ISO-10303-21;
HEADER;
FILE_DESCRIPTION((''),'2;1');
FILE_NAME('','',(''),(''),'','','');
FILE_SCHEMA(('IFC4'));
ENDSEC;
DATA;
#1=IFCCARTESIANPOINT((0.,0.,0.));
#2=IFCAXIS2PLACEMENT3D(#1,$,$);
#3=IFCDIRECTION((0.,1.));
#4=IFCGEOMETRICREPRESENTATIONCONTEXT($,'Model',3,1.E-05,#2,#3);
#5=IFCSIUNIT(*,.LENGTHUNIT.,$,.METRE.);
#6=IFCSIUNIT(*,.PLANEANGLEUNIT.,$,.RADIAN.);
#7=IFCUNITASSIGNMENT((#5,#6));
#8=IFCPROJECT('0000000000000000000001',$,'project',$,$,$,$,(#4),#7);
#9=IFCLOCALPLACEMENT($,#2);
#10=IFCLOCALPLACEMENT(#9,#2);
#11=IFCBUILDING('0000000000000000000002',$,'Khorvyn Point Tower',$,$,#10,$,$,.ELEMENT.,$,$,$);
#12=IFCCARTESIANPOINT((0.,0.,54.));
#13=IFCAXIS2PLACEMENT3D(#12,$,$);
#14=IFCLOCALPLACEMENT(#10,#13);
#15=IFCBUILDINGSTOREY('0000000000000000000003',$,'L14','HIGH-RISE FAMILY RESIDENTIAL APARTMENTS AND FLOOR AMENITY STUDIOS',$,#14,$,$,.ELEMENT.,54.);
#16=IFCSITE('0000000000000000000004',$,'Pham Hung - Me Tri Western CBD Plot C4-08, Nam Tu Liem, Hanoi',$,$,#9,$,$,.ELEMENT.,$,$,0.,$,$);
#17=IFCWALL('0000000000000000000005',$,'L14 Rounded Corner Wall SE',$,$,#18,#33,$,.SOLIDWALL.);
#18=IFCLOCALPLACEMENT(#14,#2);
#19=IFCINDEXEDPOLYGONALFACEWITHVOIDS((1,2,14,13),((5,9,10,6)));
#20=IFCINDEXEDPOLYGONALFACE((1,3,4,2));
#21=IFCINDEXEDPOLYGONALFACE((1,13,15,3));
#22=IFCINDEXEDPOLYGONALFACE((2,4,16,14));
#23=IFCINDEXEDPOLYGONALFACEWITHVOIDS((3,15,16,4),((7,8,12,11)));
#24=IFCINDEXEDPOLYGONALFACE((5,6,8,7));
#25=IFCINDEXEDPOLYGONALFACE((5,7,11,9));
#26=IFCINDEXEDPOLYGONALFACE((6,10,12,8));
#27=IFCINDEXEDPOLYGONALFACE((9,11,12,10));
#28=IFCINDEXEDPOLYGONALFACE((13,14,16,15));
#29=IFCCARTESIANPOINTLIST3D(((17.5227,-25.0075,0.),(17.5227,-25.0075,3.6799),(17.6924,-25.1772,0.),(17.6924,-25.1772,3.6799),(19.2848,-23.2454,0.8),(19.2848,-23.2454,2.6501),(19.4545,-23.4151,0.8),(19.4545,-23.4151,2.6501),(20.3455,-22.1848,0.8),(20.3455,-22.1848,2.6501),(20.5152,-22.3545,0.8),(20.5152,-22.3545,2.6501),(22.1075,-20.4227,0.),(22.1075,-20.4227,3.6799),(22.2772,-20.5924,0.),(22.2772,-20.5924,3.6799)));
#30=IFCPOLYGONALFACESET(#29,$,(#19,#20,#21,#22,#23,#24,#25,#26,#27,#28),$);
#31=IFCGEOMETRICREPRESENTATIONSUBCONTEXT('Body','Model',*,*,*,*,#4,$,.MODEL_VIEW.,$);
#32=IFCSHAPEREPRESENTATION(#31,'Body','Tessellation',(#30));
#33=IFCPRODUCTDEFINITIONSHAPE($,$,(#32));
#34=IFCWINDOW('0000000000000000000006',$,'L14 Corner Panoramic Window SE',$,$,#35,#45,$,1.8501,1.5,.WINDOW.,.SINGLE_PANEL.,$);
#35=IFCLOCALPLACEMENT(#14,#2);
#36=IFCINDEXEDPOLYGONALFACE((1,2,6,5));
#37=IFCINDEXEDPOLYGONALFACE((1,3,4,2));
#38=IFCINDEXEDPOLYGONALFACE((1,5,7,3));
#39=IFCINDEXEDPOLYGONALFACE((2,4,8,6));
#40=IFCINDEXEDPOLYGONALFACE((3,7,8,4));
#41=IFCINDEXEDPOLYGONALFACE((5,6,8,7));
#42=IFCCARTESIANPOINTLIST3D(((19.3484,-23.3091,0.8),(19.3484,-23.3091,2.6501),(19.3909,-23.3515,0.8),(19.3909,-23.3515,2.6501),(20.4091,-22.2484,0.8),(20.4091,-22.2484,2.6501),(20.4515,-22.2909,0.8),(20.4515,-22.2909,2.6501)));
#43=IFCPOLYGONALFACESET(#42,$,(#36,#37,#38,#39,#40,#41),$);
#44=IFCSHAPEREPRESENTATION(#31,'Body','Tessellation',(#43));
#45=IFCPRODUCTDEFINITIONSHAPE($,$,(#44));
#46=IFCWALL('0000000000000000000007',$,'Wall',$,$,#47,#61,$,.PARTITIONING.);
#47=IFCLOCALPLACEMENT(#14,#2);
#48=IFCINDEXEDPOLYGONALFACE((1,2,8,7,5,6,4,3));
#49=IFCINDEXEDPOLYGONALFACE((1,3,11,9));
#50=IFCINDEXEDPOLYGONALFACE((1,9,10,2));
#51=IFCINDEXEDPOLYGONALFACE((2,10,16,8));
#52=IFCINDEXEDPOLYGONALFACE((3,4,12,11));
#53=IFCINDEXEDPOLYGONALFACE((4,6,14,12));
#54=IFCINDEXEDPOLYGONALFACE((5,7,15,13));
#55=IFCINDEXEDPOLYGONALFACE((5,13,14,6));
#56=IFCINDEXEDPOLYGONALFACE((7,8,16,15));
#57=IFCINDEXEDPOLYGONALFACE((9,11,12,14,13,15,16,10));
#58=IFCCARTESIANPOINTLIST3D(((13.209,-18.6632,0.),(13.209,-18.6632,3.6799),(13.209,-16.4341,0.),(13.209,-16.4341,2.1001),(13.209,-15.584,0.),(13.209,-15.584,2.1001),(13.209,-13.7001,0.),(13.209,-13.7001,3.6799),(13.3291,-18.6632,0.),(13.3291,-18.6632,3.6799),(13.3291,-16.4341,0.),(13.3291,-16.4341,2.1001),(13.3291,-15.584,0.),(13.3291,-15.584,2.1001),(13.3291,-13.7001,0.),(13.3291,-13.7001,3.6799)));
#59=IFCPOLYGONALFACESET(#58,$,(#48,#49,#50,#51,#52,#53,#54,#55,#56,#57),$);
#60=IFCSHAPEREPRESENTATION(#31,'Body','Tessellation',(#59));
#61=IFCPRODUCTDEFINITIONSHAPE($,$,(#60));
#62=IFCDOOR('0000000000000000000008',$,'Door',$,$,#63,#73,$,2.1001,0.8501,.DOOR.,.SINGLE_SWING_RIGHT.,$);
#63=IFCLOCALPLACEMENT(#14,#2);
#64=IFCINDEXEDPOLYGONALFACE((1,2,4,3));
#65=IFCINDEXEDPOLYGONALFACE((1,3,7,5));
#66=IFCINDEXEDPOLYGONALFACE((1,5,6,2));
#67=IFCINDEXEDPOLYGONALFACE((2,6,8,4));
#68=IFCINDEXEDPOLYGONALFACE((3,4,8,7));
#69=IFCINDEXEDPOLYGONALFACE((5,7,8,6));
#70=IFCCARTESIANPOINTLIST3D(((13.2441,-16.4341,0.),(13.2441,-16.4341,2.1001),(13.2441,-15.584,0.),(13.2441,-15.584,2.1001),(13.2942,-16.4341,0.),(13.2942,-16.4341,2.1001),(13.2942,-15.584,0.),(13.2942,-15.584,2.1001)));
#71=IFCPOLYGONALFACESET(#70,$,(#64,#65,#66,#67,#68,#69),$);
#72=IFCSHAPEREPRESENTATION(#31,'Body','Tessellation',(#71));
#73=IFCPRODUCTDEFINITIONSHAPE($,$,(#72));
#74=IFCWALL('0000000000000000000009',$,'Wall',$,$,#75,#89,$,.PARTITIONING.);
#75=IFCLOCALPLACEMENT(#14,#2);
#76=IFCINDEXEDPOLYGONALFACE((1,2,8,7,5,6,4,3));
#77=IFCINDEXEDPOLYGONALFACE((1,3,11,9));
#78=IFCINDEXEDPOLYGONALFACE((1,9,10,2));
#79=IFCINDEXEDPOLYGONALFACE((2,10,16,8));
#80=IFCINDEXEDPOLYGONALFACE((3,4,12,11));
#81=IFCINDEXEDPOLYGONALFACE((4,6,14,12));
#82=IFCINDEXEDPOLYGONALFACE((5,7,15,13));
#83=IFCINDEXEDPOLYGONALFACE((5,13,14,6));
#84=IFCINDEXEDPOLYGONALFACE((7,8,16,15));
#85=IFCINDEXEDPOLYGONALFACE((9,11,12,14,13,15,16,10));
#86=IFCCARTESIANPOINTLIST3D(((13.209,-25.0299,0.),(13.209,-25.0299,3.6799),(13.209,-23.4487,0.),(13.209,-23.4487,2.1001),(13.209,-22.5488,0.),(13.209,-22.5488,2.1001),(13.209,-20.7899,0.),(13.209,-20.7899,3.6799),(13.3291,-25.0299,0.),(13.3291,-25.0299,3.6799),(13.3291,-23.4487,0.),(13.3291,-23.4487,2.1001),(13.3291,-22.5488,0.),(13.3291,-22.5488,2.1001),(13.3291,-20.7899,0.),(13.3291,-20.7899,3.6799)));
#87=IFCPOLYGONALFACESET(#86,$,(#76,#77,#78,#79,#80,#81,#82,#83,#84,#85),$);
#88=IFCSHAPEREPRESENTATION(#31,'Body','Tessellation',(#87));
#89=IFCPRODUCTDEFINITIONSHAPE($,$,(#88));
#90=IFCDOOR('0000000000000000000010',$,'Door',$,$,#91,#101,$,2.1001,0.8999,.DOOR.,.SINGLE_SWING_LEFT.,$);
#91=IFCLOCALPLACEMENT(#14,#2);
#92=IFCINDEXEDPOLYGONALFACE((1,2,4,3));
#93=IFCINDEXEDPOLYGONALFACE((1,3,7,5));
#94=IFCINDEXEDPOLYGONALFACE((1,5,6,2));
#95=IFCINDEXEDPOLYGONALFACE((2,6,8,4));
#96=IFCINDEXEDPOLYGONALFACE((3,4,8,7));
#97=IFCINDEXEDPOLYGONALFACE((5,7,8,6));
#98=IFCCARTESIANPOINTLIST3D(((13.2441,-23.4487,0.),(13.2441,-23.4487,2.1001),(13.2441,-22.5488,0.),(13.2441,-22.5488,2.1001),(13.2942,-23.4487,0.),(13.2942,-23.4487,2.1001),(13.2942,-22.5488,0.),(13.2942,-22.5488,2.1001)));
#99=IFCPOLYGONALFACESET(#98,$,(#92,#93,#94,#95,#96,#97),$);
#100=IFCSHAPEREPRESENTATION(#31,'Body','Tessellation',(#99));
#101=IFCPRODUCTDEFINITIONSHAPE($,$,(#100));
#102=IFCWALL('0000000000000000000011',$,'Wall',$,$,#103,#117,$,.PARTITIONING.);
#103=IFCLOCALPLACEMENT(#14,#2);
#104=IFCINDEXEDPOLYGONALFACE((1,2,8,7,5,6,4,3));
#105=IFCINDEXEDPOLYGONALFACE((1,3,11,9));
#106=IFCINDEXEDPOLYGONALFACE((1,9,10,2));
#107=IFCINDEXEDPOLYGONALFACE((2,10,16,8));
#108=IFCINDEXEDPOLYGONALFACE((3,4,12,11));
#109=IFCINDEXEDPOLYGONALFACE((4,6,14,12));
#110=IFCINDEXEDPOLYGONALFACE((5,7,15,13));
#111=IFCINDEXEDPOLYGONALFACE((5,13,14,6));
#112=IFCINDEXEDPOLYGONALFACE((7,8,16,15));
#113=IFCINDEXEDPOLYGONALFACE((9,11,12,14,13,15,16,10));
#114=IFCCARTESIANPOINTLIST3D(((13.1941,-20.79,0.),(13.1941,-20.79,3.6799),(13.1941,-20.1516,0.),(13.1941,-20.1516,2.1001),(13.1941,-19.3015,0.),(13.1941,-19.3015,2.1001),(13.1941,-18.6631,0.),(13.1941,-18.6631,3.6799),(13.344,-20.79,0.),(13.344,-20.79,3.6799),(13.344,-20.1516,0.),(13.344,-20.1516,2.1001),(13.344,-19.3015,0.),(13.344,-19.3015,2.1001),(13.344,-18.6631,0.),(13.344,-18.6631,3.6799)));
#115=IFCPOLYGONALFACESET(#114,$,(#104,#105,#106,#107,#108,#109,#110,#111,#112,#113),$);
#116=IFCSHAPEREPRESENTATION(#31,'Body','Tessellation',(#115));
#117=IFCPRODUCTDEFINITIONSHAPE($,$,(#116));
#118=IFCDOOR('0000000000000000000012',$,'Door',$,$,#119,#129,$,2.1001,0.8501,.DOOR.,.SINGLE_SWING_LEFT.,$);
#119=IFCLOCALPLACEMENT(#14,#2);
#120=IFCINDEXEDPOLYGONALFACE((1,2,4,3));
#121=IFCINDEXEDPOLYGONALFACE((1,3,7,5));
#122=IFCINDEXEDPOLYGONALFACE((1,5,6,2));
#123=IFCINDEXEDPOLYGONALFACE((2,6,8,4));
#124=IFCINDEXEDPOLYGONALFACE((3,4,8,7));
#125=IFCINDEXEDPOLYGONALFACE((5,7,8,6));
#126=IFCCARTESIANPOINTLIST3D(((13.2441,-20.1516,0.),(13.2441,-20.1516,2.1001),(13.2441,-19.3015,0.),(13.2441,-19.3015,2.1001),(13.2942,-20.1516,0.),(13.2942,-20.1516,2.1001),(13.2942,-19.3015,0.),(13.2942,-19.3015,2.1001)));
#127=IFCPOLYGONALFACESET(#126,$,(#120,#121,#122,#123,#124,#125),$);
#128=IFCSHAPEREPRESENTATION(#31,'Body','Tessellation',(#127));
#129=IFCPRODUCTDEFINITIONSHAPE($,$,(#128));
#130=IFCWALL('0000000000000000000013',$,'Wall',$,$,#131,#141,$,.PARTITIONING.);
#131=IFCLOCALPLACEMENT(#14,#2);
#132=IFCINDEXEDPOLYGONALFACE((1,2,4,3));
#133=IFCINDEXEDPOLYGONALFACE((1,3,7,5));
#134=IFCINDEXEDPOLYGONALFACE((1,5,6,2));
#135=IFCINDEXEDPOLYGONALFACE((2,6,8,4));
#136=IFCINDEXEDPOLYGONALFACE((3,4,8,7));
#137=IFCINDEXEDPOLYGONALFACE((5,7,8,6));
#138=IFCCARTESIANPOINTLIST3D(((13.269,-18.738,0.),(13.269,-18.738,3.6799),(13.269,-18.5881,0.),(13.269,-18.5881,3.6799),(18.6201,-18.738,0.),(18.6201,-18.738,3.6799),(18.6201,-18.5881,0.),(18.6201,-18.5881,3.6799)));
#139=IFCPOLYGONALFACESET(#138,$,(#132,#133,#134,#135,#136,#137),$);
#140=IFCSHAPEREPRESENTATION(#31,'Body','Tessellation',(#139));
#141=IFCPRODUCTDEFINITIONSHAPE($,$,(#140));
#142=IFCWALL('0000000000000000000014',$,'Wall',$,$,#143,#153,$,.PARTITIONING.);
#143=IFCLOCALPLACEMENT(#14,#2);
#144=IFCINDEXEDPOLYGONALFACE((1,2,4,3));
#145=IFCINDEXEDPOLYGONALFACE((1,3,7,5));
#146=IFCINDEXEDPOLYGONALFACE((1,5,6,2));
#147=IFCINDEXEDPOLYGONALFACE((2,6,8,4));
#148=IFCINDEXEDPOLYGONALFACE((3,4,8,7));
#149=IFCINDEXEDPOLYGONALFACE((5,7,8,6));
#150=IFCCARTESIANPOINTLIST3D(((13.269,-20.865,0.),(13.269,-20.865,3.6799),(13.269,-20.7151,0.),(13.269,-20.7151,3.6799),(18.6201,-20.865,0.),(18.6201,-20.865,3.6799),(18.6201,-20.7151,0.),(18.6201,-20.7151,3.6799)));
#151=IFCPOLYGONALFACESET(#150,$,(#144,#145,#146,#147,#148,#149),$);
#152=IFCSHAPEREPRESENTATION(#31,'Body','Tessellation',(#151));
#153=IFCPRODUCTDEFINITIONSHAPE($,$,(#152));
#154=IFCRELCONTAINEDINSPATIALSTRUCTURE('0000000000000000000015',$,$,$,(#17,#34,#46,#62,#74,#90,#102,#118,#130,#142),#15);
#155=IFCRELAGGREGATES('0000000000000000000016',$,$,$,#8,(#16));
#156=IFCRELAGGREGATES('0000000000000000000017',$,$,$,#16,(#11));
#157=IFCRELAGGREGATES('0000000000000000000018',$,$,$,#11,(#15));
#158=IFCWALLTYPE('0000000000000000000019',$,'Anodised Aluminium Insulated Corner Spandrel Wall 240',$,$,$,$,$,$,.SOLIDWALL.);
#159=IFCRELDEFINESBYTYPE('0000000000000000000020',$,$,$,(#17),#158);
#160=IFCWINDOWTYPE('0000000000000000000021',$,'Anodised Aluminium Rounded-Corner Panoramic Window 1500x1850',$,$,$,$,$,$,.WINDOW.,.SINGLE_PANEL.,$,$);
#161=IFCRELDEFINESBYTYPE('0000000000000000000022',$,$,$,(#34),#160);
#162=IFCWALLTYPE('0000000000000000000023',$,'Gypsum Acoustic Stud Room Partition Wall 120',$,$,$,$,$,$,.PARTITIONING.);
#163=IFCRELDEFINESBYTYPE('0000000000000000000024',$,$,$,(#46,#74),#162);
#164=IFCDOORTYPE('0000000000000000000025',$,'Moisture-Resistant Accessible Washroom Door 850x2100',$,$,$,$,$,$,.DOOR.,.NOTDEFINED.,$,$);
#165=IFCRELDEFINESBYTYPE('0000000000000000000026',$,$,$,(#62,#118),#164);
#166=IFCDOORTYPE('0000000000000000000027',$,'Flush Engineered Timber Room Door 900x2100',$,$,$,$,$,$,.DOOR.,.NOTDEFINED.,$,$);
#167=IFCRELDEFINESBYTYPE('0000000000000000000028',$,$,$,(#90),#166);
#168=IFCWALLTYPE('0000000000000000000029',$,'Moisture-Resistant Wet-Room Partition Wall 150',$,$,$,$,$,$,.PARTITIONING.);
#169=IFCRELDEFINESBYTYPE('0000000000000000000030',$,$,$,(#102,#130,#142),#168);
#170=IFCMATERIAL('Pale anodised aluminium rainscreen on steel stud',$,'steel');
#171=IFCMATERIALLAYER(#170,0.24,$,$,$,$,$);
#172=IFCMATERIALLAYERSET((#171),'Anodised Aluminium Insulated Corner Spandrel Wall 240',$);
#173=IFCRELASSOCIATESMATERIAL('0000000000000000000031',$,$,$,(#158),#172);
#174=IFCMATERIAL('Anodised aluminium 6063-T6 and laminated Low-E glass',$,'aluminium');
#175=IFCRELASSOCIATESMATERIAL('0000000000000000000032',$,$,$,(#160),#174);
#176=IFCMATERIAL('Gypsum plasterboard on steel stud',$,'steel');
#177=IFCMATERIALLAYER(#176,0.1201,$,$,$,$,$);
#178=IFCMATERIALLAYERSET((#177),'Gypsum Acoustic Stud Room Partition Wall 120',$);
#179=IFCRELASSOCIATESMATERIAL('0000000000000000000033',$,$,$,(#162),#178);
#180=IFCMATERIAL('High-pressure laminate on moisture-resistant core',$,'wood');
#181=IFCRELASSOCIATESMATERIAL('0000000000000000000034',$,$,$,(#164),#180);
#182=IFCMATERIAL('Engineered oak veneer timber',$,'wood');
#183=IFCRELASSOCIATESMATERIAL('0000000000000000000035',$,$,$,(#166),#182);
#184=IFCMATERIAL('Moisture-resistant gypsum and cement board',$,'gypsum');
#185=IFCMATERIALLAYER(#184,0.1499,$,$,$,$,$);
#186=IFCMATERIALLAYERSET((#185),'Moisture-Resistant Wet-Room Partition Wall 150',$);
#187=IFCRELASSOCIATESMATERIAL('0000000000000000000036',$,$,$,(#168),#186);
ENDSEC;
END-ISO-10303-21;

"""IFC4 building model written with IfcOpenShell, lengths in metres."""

from ifc_helpers import new_model, si_unit, direction, frame, frame_2d, origin, place, context, subcontext, project, spatial, rectangle, extrude, material, layer, layer_set, type_object, element, fill, save


model = new_model("IFC4")

# Units and contexts
model_context = context("Model", 3, precision=1e-05, world=origin(), true_north=direction((0.0, 1.0)))
body_context = subcontext(model_context, "Body", "Model", "MODEL_VIEW")
ifc_project = project(units=[si_unit("LENGTHUNIT", "METRE"), si_unit("PLANEANGLEUNIT", "RADIAN")], contexts=[model_context])

# Site, building, storey
site_placement = place(None, origin())
site = spatial("IfcSite", under=ifc_project, at=site_placement, Name="Pham Hung - Me Tri Western CBD Plot C4-08, Nam Tu Liem, Hanoi", CompositionType="ELEMENT", RefElevation=0.0)
building_placement = place(site_placement, origin())
building = spatial("IfcBuilding", under=site, at=building_placement, Name="Khorvyn Point Tower", CompositionType="ELEMENT")
storey_placement = place(building_placement, frame((0.0, 0.0, 54.0)))
storey = spatial("IfcBuildingStorey", under=building, at=storey_placement, Name="L14", Description="HIGH-RISE FAMILY RESIDENTIAL APARTMENTS AND FLOOR AMENITY STUDIOS", CompositionType="ELEMENT", Elevation=54.0)

# Shared definitions
ifc_material_1 = material(Name="Anodised aluminium 6063-T6 and laminated Low-E glass", Category="aluminium")

# Wall, opening, window
ifc_material_2 = material(Name="Pale anodised aluminium rainscreen on steel stud", Category="steel")
ifc_layer_1 = layer(ifc_material_2, 0.24)
ifc_layer_set_1 = layer_set([ifc_layer_1], Name="Anodised Aluminium Insulated Corner Spandrel Wall 240")
wall_type_1 = type_object("IfcWallType", Name="Anodised Aluminium Insulated Corner Spandrel Wall 240", PredefinedType="SOLIDWALL", material=ifc_layer_set_1)
wall_1_placement = place(storey_placement, frame((22.1924, -20.5076, 0.0), z_axis=(0.0, 0.0, 1.0), x_axis=(-0.707107, -0.707107, 0.0)))
wall_1 = element("IfcWall", 1, at=wall_1_placement, inside=storey, type_object=wall_type_1, Name="L14 Rounded Corner Wall SE", PredefinedType="SOLIDWALL", context=body_context, shape_type="SweptSolid", body=[
    extrude(rectangle(XDim=6.4839, YDim=0.24, at=frame_2d((3.2419, 0.0))), origin(), (0.0, 0.0, 1.0), 3.6799),
])
opening_1_placement = place(wall_1_placement, frame((2.4919, 0.0, 0.8)))
opening_1 = element("IfcOpeningElement", 2, at=opening_1_placement, cuts=wall_1, PredefinedType="OPENING", context=body_context, shape_type="SweptSolid", body=[
    extrude(rectangle(XDim=1.5, YDim=1.8501, at=frame_2d((0.75, 0.925))), frame((0.0, 0.1299, 0.0), z_axis=(0.0, -1.0, 0.0), x_axis=(1.0, 0.0, 0.0)), (0.0, 0.0, 1.0), 0.26),
])
window_type = type_object("IfcWindowType", Name="Anodised Aluminium Rounded-Corner Panoramic Window 1500x1850", PartitioningType="SINGLE_PANEL", PredefinedType="WINDOW", material=ifc_material_1)
window_placement = place(opening_1_placement, origin())
window = element("IfcWindow", 3, at=window_placement, inside=storey, type_object=window_type, Name="L14 Corner Panoramic Window SE", OverallHeight=1.8501, OverallWidth=1.5, PartitioningType="SINGLE_PANEL", PredefinedType="WINDOW", context=body_context, shape_type="SweptSolid", body=[
    extrude(rectangle(XDim=1.5, YDim=1.8501, at=frame_2d((0.75, 0.925))), frame((0.0, 0.03, 0.0), z_axis=(0.0, -1.0, 0.0), x_axis=(1.0, 0.0, 0.0)), (0.0, 0.0, 1.0), 0.0601),
])
fill(opening_1, window)

# Walls, openings, doors
ifc_material_3 = material(Name="Gypsum plasterboard on steel stud", Category="steel")
ifc_layer_2 = layer(ifc_material_3, 0.1201)
ifc_layer_set_2 = layer_set([ifc_layer_2], Name="Gypsum Acoustic Stud Room Partition Wall 120")
wall_type_2 = type_object("IfcWallType", Name="Gypsum Acoustic Stud Room Partition Wall 120", PredefinedType="PARTITIONING", material=ifc_layer_set_2)
wall_2_placement = place(storey_placement, frame((13.269, -18.6631, 0.0), z_axis=(0.0, 0.0, 1.0), x_axis=(0.0, 1.0, 0.0)))
wall_2 = element("IfcWall", 4, at=wall_2_placement, inside=storey, type_object=wall_type_2, Name="Wall", PredefinedType="PARTITIONING", context=body_context, shape_type="SweptSolid", body=[
    extrude(rectangle(XDim=4.9631, YDim=0.1201, at=frame_2d((2.4814, 0.0))), origin(), (0.0, 0.0, 1.0), 3.6799),
])
opening_2_placement = place(wall_2_placement, frame((2.229, 0.0, 0.0)))
opening_2 = element("IfcOpeningElement", 5, at=opening_2_placement, cuts=wall_2, PredefinedType="OPENING", context=body_context, shape_type="SweptSolid", body=[
    extrude(rectangle(XDim=0.8501, YDim=2.1001, at=frame_2d((0.425, 1.05))), frame((0.0, 0.0701, 0.0), z_axis=(0.0, -1.0, 0.0), x_axis=(1.0, 0.0, 0.0)), (0.0, 0.0, 1.0), 0.1401),
])
ifc_material_4 = material(Name="High-pressure laminate on moisture-resistant core", Category="wood")
door_type_1 = type_object("IfcDoorType", Name="Moisture-Resistant Accessible Washroom Door 850x2100", OperationType="NOTDEFINED", PredefinedType="DOOR", material=ifc_material_4)
door_1_placement = place(opening_2_placement, origin())
door_1 = element("IfcDoor", 6, at=door_1_placement, inside=storey, type_object=door_type_1, Name="Door", OperationType="SINGLE_SWING_RIGHT", OverallHeight=2.1001, OverallWidth=0.8501, PredefinedType="DOOR", context=body_context, shape_type="SweptSolid", body=[
    extrude(rectangle(XDim=0.8501, YDim=2.1001, at=frame_2d((0.425, 1.05))), frame((0.0, 0.0249, 0.0), z_axis=(0.0, -1.0, 0.0), x_axis=(1.0, 0.0, 0.0)), (0.0, 0.0, 1.0), 0.05),
])
fill(opening_2, door_1)
wall_3_placement = place(storey_placement, frame((13.269, -25.03, 0.0), z_axis=(0.0, 0.0, 1.0), x_axis=(0.0, 1.0, 0.0)))
wall_3 = element("IfcWall", 7, at=wall_3_placement, inside=storey, type_object=wall_type_2, Name="Wall", PredefinedType="PARTITIONING", context=body_context, shape_type="SweptSolid", body=[
    extrude(rectangle(XDim=4.24, YDim=0.1201, at=frame_2d((2.1201, 0.0))), origin(), (0.0, 0.0, 1.0), 3.6799),
])
opening_3_placement = place(wall_3_placement, frame((1.5813, 0.0, 0.0)))
opening_3 = element("IfcOpeningElement", 8, at=opening_3_placement, cuts=wall_3, PredefinedType="OPENING", context=body_context, shape_type="SweptSolid", body=[
    extrude(rectangle(XDim=0.8999, YDim=2.1001, at=frame_2d((0.45, 1.05))), frame((0.0, 0.0701, 0.0), z_axis=(0.0, -1.0, 0.0), x_axis=(1.0, 0.0, 0.0)), (0.0, 0.0, 1.0), 0.1401),
])
ifc_material_5 = material(Name="Engineered oak veneer timber", Category="wood")
door_type_2 = type_object("IfcDoorType", Name="Flush Engineered Timber Room Door 900x2100", OperationType="NOTDEFINED", PredefinedType="DOOR", material=ifc_material_5)
door_2_placement = place(opening_3_placement, origin())
door_2 = element("IfcDoor", 9, at=door_2_placement, inside=storey, type_object=door_type_2, Name="Door", OperationType="SINGLE_SWING_LEFT", OverallHeight=2.1001, OverallWidth=0.8999, PredefinedType="DOOR", context=body_context, shape_type="SweptSolid", body=[
    extrude(rectangle(XDim=0.8999, YDim=2.1001, at=frame_2d((0.45, 1.05))), frame((0.0, 0.0249, 0.0), z_axis=(0.0, -1.0, 0.0), x_axis=(1.0, 0.0, 0.0)), (0.0, 0.0, 1.0), 0.05),
])
fill(opening_3, door_2)
ifc_material_6 = material(Name="Moisture-resistant gypsum and cement board", Category="gypsum")
ifc_layer_3 = layer(ifc_material_6, 0.1499)
ifc_layer_set_3 = layer_set([ifc_layer_3], Name="Moisture-Resistant Wet-Room Partition Wall 150")
wall_type_3 = type_object("IfcWallType", Name="Moisture-Resistant Wet-Room Partition Wall 150", PredefinedType="PARTITIONING", material=ifc_layer_set_3)
wall_4_placement = place(storey_placement, frame((13.269, -20.79, 0.0), z_axis=(0.0, 0.0, 1.0), x_axis=(0.0, 1.0, 0.0)))
wall_4 = element("IfcWall", 10, at=wall_4_placement, inside=storey, type_object=wall_type_3, Name="Wall", PredefinedType="PARTITIONING", context=body_context, shape_type="SweptSolid", body=[
    extrude(rectangle(XDim=2.127, YDim=0.1499, at=frame_2d((1.0635, 0.0))), origin(), (0.0, 0.0, 1.0), 3.6799),
])
opening_4_placement = place(wall_4_placement, frame((0.6384, 0.0, 0.0)))
opening_4 = element("IfcOpeningElement", 11, at=opening_4_placement, cuts=wall_4, PredefinedType="OPENING", context=body_context, shape_type="SweptSolid", body=[
    extrude(rectangle(XDim=0.8501, YDim=2.1001, at=frame_2d((0.425, 1.05))), frame((0.0, 0.085, 0.0), z_axis=(0.0, -1.0, 0.0), x_axis=(1.0, 0.0, 0.0)), (0.0, 0.0, 1.0), 0.1699),
])
door_3_placement = place(opening_4_placement, origin())
door_3 = element("IfcDoor", 12, at=door_3_placement, inside=storey, type_object=door_type_1, Name="Door", OperationType="SINGLE_SWING_LEFT", OverallHeight=2.1001, OverallWidth=0.8501, PredefinedType="DOOR", context=body_context, shape_type="SweptSolid", body=[
    extrude(rectangle(XDim=0.8501, YDim=2.1001, at=frame_2d((0.425, 1.05))), frame((0.0, 0.0249, 0.0), z_axis=(0.0, -1.0, 0.0), x_axis=(1.0, 0.0, 0.0)), (0.0, 0.0, 1.0), 0.05),
])
fill(opening_4, door_3)

# Walls
for number, where, z_axis, x_axis, name in (
    (13, (13.269, -18.6631, 0.0), (0.0, 0.0, 1.0), (1.0, 0.0, 0.0), "Wall"),
    (14, (13.269, -20.79, 0.0), (0.0, 0.0, 1.0), (1.0, 0.0, 0.0), "Wall"),
):
    element("IfcWall", number, at=place(storey_placement, frame(where, z_axis=z_axis, x_axis=x_axis)), inside=storey, type_object=wall_type_3, Name=name, PredefinedType="PARTITIONING", context=body_context, shape_type="SweptSolid", body=[
        extrude(rectangle(XDim=5.3511, YDim=0.1499, at=frame_2d((2.6755, 0.0))), origin(), (0.0, 0.0, 1.0), 3.6799),
    ])

save(model, "model.ifc")
